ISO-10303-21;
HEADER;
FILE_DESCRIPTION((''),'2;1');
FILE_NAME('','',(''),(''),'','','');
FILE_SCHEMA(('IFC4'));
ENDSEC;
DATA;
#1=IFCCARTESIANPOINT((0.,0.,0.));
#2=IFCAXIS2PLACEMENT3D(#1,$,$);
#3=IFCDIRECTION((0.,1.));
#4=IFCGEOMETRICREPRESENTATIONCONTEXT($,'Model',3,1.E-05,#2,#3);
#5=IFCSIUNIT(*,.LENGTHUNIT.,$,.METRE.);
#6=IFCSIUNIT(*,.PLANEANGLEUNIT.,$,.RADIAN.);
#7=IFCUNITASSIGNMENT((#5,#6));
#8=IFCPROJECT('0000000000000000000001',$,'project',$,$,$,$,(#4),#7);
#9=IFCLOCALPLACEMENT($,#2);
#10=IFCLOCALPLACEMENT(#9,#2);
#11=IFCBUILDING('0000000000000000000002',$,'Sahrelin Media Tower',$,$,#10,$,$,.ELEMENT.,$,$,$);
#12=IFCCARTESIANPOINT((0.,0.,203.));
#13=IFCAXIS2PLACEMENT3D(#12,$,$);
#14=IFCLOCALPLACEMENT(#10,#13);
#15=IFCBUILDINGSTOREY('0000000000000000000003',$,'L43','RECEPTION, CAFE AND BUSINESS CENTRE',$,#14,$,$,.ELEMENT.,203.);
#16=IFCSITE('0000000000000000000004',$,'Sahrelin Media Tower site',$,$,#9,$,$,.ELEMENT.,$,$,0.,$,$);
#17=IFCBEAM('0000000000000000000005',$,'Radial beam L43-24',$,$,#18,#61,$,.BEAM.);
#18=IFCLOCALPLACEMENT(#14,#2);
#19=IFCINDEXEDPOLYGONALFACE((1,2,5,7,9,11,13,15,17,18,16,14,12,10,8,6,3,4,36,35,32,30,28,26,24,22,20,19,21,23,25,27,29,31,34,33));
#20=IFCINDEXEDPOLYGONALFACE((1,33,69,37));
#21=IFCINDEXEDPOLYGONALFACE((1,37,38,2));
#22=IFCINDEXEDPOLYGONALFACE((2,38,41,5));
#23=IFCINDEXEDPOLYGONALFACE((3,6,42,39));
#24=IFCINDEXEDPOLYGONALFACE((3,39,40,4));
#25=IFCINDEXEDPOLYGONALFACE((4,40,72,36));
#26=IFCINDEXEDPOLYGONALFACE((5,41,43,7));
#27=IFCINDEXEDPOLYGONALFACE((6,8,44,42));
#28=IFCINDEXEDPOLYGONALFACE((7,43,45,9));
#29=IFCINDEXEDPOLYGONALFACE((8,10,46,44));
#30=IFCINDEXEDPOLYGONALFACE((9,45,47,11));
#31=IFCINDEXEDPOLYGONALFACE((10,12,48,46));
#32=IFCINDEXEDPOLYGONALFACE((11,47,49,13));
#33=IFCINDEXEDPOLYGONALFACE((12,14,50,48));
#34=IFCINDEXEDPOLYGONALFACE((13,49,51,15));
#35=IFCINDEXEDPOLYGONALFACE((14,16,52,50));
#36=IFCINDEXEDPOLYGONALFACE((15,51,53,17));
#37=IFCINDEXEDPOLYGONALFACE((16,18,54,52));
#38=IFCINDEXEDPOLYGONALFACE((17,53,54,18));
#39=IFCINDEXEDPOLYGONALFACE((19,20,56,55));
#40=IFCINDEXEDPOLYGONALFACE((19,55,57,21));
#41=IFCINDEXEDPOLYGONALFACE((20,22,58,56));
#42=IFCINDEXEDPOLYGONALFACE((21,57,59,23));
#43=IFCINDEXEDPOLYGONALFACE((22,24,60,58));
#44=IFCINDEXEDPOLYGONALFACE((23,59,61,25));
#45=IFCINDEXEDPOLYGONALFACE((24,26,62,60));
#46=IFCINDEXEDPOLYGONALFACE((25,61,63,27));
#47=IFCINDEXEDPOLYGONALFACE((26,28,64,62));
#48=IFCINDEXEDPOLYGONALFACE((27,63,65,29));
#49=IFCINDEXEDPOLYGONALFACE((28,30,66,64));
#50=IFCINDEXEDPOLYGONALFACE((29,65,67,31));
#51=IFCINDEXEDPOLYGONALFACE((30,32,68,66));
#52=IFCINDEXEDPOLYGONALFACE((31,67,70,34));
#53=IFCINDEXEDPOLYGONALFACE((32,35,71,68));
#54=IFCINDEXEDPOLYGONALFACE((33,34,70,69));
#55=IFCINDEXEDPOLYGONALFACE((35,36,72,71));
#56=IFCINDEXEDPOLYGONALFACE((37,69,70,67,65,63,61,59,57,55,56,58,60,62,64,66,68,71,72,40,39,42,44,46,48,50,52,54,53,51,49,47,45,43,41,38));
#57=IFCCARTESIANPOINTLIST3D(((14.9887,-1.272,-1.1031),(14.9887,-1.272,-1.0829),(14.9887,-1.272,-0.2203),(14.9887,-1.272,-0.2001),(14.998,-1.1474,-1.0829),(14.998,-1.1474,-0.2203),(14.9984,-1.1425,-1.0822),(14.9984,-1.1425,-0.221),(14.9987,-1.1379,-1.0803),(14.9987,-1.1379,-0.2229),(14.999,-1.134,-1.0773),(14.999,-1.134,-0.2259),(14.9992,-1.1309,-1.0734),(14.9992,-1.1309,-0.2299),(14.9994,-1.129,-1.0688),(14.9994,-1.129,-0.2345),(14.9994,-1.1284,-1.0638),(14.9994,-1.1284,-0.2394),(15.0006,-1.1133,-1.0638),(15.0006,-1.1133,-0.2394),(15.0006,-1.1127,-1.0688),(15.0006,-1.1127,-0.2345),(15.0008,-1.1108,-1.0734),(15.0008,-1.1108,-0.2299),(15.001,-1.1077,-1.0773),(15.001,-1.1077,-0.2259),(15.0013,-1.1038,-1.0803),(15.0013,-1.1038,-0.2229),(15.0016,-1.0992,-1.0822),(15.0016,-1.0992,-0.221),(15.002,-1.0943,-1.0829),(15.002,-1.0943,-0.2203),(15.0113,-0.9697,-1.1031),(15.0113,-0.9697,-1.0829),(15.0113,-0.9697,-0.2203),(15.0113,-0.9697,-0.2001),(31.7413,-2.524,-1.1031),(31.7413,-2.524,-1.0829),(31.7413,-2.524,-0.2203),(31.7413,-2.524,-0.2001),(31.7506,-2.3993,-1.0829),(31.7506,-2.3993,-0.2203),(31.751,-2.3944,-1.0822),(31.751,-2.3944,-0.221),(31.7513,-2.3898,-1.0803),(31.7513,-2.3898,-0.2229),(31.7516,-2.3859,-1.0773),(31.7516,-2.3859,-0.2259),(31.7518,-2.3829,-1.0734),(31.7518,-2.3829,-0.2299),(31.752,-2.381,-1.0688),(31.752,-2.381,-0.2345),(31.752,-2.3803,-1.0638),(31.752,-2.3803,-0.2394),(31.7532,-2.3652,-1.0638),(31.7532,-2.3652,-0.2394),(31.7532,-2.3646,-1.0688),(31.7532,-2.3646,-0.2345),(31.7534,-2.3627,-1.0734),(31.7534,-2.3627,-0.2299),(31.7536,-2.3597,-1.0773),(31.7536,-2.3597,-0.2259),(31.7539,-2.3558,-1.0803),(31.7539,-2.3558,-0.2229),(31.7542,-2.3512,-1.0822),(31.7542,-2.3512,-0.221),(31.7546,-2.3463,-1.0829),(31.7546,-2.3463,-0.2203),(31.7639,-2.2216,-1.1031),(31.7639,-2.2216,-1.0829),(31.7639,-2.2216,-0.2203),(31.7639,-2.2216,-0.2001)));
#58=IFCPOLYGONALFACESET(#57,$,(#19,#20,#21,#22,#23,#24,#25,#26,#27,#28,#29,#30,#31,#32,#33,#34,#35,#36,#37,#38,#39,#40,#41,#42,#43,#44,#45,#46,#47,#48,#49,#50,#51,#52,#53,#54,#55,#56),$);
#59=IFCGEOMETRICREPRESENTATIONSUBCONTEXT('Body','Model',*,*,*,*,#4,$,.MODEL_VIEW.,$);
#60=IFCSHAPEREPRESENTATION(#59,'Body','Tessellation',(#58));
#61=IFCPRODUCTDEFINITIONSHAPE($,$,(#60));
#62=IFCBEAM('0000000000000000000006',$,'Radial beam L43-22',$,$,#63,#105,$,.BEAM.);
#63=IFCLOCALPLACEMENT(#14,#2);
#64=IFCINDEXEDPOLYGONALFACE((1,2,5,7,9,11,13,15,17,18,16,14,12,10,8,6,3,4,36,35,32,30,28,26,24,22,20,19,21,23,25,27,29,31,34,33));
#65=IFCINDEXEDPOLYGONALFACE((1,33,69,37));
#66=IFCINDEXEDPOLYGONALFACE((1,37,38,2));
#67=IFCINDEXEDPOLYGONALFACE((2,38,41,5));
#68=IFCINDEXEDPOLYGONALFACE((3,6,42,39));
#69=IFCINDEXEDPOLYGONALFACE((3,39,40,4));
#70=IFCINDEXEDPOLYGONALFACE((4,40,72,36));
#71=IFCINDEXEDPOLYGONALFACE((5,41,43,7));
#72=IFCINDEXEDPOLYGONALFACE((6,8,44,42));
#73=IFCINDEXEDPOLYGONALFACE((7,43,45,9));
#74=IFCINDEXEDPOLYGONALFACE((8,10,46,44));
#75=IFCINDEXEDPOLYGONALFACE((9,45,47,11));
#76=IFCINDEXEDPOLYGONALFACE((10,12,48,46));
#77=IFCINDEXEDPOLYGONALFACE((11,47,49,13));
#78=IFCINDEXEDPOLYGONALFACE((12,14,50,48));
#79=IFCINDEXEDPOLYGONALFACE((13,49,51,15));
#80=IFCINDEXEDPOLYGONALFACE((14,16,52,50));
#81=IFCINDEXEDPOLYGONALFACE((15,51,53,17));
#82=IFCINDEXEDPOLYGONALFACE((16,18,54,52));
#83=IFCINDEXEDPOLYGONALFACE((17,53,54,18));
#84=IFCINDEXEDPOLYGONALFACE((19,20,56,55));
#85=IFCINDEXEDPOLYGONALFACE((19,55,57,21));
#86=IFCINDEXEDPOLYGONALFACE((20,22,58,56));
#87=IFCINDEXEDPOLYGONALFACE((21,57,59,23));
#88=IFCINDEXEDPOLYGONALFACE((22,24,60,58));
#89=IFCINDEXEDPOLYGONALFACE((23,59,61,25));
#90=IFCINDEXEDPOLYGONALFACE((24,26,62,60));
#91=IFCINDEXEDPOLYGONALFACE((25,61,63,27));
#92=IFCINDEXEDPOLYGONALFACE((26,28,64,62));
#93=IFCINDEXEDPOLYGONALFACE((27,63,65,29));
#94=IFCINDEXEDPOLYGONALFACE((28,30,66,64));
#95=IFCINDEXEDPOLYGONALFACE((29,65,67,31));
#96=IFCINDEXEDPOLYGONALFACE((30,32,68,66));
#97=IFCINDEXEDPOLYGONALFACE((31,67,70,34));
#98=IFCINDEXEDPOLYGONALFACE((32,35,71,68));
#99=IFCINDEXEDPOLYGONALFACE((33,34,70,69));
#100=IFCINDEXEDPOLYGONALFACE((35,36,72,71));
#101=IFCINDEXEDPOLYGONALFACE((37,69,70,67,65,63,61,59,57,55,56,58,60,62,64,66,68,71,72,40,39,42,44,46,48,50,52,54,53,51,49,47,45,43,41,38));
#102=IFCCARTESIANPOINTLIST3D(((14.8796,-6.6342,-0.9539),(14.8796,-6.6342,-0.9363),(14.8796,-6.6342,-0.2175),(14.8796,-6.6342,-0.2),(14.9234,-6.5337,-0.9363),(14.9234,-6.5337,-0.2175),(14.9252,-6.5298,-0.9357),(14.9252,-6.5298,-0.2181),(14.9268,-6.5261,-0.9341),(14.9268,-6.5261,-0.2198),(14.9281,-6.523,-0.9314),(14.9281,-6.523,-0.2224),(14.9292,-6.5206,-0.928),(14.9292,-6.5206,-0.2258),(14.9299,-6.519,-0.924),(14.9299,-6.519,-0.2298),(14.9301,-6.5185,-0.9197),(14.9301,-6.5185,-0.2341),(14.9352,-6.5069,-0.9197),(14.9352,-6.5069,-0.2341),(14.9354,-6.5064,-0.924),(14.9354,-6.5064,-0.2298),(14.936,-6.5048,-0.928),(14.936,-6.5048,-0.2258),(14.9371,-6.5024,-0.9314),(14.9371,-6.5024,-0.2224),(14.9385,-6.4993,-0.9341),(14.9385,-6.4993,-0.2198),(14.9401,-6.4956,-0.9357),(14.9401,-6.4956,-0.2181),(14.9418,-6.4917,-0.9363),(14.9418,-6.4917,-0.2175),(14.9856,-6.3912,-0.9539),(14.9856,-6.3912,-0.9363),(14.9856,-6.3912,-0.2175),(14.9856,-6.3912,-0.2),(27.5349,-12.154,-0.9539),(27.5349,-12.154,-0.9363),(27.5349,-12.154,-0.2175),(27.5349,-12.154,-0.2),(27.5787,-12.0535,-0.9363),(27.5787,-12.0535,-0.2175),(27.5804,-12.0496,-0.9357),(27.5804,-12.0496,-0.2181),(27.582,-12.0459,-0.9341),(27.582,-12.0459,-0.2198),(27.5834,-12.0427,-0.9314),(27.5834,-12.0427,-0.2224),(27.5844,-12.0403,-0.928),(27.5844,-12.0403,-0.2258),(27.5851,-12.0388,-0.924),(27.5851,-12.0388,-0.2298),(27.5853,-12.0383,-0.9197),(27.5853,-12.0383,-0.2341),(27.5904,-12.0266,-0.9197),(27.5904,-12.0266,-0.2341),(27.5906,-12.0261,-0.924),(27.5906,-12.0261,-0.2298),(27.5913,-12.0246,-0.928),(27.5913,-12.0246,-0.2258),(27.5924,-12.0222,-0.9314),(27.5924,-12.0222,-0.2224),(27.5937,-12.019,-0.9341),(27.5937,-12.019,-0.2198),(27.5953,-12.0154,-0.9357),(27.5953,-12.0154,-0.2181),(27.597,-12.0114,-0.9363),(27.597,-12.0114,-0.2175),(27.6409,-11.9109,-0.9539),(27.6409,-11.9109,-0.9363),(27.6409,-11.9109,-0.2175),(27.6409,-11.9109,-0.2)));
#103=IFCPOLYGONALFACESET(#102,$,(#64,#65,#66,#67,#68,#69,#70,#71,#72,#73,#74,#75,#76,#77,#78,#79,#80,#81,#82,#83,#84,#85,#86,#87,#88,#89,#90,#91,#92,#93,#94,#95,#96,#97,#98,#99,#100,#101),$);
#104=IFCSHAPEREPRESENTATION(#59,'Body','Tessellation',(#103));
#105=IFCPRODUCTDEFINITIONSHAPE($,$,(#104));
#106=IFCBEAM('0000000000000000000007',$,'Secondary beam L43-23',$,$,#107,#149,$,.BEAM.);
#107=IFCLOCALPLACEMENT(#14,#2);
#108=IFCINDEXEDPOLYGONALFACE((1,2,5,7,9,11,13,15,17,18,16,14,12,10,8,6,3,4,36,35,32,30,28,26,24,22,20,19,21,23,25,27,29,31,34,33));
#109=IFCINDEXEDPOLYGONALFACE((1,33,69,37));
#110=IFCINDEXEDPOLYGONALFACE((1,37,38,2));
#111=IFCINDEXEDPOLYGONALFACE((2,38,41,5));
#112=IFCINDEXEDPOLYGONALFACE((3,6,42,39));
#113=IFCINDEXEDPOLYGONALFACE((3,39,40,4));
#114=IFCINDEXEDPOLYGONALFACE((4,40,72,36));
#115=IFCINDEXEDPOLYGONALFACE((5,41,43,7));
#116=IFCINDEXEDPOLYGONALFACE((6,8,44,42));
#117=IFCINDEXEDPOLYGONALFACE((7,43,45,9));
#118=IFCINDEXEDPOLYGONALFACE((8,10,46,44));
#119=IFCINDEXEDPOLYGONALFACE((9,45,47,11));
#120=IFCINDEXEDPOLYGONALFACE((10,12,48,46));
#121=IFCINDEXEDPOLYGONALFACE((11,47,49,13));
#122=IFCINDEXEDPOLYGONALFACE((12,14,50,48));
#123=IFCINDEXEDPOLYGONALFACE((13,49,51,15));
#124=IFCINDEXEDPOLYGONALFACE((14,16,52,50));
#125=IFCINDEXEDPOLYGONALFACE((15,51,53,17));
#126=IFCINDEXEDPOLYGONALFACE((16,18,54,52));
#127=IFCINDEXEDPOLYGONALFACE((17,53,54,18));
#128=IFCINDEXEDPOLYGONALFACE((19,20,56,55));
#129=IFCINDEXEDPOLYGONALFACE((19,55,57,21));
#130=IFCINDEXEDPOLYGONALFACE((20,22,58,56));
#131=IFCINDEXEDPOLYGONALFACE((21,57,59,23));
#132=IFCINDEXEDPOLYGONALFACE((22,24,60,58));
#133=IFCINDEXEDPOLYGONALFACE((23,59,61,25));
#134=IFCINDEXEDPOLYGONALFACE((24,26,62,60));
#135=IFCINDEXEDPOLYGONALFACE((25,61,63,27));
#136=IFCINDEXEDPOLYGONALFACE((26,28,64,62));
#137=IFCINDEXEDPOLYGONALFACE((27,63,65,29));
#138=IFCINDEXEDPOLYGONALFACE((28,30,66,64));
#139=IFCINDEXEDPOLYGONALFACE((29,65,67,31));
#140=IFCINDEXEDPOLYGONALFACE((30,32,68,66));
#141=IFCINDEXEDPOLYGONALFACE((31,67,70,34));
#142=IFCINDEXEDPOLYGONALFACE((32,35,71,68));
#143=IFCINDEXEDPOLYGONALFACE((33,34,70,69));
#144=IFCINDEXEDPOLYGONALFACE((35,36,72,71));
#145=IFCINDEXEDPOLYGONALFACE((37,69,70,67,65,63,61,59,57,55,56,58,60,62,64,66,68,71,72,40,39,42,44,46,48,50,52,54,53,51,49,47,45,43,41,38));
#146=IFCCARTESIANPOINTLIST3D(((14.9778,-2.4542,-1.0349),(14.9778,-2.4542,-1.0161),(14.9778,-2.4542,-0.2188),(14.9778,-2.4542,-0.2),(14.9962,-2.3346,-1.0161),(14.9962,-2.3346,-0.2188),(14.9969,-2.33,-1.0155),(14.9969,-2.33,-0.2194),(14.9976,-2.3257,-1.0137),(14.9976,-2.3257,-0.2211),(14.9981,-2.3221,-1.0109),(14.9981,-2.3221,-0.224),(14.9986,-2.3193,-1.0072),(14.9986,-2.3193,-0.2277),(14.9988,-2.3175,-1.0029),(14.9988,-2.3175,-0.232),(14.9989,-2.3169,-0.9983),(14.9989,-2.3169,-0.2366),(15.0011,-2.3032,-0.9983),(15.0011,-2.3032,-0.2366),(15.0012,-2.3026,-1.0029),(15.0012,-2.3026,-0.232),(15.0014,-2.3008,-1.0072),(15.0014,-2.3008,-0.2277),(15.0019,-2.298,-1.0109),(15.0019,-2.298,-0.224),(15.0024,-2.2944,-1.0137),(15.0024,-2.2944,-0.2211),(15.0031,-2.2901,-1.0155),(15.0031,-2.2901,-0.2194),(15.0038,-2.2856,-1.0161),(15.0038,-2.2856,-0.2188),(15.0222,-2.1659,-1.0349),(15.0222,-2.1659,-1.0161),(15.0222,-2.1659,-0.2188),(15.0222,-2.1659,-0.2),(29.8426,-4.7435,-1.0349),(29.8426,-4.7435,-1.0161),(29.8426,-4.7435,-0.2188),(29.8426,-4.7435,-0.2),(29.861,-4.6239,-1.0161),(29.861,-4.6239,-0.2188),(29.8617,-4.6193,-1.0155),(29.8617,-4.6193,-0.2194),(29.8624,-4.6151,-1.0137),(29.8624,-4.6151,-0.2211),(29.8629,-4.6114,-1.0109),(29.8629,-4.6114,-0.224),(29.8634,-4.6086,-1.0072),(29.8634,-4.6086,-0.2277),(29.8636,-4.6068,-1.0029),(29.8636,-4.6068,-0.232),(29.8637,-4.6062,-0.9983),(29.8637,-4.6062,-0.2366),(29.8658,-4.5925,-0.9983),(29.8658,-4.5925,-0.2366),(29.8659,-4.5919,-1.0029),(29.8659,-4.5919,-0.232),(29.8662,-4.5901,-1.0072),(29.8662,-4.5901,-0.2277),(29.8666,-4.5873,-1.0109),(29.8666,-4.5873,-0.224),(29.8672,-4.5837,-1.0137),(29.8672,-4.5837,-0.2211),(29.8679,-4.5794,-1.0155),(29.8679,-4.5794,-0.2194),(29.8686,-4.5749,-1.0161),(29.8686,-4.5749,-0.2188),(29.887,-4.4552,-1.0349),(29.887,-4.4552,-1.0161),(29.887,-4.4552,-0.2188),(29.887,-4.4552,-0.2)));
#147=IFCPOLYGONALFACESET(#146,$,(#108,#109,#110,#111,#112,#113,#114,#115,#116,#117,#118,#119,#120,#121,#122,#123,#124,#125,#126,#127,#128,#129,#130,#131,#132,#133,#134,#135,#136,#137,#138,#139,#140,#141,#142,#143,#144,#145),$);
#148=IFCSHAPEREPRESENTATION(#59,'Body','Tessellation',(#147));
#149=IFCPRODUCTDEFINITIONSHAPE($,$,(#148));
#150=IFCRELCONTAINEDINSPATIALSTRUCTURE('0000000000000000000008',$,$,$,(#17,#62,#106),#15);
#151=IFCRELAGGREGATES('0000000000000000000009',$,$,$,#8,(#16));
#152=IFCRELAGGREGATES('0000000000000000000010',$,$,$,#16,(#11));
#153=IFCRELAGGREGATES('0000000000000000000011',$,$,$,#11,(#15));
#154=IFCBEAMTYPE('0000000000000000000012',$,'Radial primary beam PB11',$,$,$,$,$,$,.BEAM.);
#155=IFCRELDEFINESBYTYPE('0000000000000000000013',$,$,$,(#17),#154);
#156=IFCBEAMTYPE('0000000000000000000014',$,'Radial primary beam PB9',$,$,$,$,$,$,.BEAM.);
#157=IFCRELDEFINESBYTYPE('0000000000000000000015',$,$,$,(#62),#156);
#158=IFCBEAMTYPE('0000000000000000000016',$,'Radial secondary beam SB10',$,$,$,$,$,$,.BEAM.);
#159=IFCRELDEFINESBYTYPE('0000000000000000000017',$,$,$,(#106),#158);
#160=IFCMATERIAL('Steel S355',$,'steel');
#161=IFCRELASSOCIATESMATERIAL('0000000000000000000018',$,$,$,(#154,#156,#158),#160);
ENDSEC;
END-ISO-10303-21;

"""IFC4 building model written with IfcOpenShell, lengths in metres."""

from ifc_helpers import new_model, si_unit, direction, frame, origin, origin_2d, place, context, subcontext, project, spatial, i_section, extrude, material, material_profile, profile_set, type_object, element, save


model = new_model("IFC4")

# Units and contexts
model_context = context("Model", 3, precision=1e-05, world=origin(), true_north=direction((0.0, 1.0)))
body_context = subcontext(model_context, "Body", "Model", "MODEL_VIEW")
ifc_project = project(units=[si_unit("LENGTHUNIT", "METRE"), si_unit("PLANEANGLEUNIT", "RADIAN")], contexts=[model_context])

# Site, building, storey
site_placement = place(None, origin())
site = spatial("IfcSite", under=ifc_project, at=site_placement, Name="Sahrelin Media Tower site", CompositionType="ELEMENT", RefElevation=0.0)
building_placement = place(site_placement, origin())
building = spatial("IfcBuilding", under=site, at=building_placement, Name="Sahrelin Media Tower", CompositionType="ELEMENT")
storey_placement = place(building_placement, frame((0.0, 0.0, 203.0)))
storey = spatial("IfcBuildingStorey", under=building, at=storey_placement, Name="L43", Description="RECEPTION, CAFE AND BUSINESS CENTRE", CompositionType="ELEMENT", Elevation=203.0)

# Shared definitions
ifc_material_1 = material(Name="Steel S355", Category="steel")

# Beams
ifc_material_profile_1 = material_profile(ifc_material_1, i_section(OverallWidth=0.3032, OverallDepth=0.9031, WebThickness=0.0151, FlangeThickness=0.0203, FilletRadius=0.019, at=origin_2d()), Name="UB 914x305x201")
ifc_profile_set_1 = profile_set([ifc_material_profile_1], Name="Steel S355")
beam_type_1 = type_object("IfcBeamType", Name="Radial primary beam PB11", PredefinedType="BEAM", material=ifc_profile_set_1)
beam_1_placement = place(storey_placement, frame((15.0, -1.1208, -0.6516), z_axis=(0.997219, -0.074524, 0.0), x_axis=(0.074524, 0.997219, 0.0)))
element("IfcBeam", 1, at=beam_1_placement, inside=storey, type_object=beam_type_1, Name="Radial beam L43-24", PredefinedType="BEAM", context=body_context, shape_type="SweptSolid", body=[
    extrude(i_section(OverallWidth=0.3032, OverallDepth=0.9031, WebThickness=0.0151, FlangeThickness=0.0203, FilletRadius=0.019, at=origin_2d()), origin(), (0.0, 0.0, 1.0), 16.7993),
])
ifc_material_profile_2 = material_profile(ifc_material_1, i_section(OverallWidth=0.2651, OverallDepth=0.7539, WebThickness=0.0127, FlangeThickness=0.0176, FilletRadius=0.0166, at=origin_2d()), Name="UB 762x267x147")
ifc_profile_set_2 = profile_set([ifc_material_profile_2], Name="Steel S355")
beam_type_2 = type_object("IfcBeamType", Name="Radial primary beam PB9", PredefinedType="BEAM", material=ifc_profile_set_2)
beam_2_placement = place(storey_placement, frame((14.9326, -6.5127, -0.5769), z_axis=(0.916606, -0.399791, 0.0), x_axis=(0.399791, 0.916606, 0.0)))
element("IfcBeam", 2, at=beam_2_placement, inside=storey, type_object=beam_type_2, Name="Radial beam L43-22", PredefinedType="BEAM", context=body_context, shape_type="SweptSolid", body=[
    extrude(i_section(OverallWidth=0.2651, OverallDepth=0.7539, WebThickness=0.0127, FlangeThickness=0.0176, FilletRadius=0.0166, at=origin_2d()), origin(), (0.0, 0.0, 1.0), 13.8066),
])
ifc_material_profile_3 = material_profile(ifc_material_1, i_section(OverallWidth=0.2917, OverallDepth=0.835, WebThickness=0.0139, FlangeThickness=0.0188, FilletRadius=0.0178, at=origin_2d()), Name="UB 838x292x176")
ifc_profile_set_3 = profile_set([ifc_material_profile_3], Name="Steel S355")
beam_type_3 = type_object("IfcBeamType", Name="Radial secondary beam SB10", PredefinedType="BEAM", material=ifc_profile_set_3)
beam_3_placement = place(storey_placement, frame((15.0, -2.3101, -0.6174), z_axis=(0.988347, -0.152215, 0.0), x_axis=(0.152215, 0.988347, 0.0)))
element("IfcBeam", 3, at=beam_3_placement, inside=storey, type_object=beam_type_3, Name="Secondary beam L43-23", PredefinedType="BEAM", context=body_context, shape_type="SweptSolid", body=[
    extrude(i_section(OverallWidth=0.2917, OverallDepth=0.835, WebThickness=0.0139, FlangeThickness=0.0188, FilletRadius=0.0178, at=origin_2d()), origin(), (0.0, 0.0, 1.0), 15.04),
])

save(model, "model.ifc")
